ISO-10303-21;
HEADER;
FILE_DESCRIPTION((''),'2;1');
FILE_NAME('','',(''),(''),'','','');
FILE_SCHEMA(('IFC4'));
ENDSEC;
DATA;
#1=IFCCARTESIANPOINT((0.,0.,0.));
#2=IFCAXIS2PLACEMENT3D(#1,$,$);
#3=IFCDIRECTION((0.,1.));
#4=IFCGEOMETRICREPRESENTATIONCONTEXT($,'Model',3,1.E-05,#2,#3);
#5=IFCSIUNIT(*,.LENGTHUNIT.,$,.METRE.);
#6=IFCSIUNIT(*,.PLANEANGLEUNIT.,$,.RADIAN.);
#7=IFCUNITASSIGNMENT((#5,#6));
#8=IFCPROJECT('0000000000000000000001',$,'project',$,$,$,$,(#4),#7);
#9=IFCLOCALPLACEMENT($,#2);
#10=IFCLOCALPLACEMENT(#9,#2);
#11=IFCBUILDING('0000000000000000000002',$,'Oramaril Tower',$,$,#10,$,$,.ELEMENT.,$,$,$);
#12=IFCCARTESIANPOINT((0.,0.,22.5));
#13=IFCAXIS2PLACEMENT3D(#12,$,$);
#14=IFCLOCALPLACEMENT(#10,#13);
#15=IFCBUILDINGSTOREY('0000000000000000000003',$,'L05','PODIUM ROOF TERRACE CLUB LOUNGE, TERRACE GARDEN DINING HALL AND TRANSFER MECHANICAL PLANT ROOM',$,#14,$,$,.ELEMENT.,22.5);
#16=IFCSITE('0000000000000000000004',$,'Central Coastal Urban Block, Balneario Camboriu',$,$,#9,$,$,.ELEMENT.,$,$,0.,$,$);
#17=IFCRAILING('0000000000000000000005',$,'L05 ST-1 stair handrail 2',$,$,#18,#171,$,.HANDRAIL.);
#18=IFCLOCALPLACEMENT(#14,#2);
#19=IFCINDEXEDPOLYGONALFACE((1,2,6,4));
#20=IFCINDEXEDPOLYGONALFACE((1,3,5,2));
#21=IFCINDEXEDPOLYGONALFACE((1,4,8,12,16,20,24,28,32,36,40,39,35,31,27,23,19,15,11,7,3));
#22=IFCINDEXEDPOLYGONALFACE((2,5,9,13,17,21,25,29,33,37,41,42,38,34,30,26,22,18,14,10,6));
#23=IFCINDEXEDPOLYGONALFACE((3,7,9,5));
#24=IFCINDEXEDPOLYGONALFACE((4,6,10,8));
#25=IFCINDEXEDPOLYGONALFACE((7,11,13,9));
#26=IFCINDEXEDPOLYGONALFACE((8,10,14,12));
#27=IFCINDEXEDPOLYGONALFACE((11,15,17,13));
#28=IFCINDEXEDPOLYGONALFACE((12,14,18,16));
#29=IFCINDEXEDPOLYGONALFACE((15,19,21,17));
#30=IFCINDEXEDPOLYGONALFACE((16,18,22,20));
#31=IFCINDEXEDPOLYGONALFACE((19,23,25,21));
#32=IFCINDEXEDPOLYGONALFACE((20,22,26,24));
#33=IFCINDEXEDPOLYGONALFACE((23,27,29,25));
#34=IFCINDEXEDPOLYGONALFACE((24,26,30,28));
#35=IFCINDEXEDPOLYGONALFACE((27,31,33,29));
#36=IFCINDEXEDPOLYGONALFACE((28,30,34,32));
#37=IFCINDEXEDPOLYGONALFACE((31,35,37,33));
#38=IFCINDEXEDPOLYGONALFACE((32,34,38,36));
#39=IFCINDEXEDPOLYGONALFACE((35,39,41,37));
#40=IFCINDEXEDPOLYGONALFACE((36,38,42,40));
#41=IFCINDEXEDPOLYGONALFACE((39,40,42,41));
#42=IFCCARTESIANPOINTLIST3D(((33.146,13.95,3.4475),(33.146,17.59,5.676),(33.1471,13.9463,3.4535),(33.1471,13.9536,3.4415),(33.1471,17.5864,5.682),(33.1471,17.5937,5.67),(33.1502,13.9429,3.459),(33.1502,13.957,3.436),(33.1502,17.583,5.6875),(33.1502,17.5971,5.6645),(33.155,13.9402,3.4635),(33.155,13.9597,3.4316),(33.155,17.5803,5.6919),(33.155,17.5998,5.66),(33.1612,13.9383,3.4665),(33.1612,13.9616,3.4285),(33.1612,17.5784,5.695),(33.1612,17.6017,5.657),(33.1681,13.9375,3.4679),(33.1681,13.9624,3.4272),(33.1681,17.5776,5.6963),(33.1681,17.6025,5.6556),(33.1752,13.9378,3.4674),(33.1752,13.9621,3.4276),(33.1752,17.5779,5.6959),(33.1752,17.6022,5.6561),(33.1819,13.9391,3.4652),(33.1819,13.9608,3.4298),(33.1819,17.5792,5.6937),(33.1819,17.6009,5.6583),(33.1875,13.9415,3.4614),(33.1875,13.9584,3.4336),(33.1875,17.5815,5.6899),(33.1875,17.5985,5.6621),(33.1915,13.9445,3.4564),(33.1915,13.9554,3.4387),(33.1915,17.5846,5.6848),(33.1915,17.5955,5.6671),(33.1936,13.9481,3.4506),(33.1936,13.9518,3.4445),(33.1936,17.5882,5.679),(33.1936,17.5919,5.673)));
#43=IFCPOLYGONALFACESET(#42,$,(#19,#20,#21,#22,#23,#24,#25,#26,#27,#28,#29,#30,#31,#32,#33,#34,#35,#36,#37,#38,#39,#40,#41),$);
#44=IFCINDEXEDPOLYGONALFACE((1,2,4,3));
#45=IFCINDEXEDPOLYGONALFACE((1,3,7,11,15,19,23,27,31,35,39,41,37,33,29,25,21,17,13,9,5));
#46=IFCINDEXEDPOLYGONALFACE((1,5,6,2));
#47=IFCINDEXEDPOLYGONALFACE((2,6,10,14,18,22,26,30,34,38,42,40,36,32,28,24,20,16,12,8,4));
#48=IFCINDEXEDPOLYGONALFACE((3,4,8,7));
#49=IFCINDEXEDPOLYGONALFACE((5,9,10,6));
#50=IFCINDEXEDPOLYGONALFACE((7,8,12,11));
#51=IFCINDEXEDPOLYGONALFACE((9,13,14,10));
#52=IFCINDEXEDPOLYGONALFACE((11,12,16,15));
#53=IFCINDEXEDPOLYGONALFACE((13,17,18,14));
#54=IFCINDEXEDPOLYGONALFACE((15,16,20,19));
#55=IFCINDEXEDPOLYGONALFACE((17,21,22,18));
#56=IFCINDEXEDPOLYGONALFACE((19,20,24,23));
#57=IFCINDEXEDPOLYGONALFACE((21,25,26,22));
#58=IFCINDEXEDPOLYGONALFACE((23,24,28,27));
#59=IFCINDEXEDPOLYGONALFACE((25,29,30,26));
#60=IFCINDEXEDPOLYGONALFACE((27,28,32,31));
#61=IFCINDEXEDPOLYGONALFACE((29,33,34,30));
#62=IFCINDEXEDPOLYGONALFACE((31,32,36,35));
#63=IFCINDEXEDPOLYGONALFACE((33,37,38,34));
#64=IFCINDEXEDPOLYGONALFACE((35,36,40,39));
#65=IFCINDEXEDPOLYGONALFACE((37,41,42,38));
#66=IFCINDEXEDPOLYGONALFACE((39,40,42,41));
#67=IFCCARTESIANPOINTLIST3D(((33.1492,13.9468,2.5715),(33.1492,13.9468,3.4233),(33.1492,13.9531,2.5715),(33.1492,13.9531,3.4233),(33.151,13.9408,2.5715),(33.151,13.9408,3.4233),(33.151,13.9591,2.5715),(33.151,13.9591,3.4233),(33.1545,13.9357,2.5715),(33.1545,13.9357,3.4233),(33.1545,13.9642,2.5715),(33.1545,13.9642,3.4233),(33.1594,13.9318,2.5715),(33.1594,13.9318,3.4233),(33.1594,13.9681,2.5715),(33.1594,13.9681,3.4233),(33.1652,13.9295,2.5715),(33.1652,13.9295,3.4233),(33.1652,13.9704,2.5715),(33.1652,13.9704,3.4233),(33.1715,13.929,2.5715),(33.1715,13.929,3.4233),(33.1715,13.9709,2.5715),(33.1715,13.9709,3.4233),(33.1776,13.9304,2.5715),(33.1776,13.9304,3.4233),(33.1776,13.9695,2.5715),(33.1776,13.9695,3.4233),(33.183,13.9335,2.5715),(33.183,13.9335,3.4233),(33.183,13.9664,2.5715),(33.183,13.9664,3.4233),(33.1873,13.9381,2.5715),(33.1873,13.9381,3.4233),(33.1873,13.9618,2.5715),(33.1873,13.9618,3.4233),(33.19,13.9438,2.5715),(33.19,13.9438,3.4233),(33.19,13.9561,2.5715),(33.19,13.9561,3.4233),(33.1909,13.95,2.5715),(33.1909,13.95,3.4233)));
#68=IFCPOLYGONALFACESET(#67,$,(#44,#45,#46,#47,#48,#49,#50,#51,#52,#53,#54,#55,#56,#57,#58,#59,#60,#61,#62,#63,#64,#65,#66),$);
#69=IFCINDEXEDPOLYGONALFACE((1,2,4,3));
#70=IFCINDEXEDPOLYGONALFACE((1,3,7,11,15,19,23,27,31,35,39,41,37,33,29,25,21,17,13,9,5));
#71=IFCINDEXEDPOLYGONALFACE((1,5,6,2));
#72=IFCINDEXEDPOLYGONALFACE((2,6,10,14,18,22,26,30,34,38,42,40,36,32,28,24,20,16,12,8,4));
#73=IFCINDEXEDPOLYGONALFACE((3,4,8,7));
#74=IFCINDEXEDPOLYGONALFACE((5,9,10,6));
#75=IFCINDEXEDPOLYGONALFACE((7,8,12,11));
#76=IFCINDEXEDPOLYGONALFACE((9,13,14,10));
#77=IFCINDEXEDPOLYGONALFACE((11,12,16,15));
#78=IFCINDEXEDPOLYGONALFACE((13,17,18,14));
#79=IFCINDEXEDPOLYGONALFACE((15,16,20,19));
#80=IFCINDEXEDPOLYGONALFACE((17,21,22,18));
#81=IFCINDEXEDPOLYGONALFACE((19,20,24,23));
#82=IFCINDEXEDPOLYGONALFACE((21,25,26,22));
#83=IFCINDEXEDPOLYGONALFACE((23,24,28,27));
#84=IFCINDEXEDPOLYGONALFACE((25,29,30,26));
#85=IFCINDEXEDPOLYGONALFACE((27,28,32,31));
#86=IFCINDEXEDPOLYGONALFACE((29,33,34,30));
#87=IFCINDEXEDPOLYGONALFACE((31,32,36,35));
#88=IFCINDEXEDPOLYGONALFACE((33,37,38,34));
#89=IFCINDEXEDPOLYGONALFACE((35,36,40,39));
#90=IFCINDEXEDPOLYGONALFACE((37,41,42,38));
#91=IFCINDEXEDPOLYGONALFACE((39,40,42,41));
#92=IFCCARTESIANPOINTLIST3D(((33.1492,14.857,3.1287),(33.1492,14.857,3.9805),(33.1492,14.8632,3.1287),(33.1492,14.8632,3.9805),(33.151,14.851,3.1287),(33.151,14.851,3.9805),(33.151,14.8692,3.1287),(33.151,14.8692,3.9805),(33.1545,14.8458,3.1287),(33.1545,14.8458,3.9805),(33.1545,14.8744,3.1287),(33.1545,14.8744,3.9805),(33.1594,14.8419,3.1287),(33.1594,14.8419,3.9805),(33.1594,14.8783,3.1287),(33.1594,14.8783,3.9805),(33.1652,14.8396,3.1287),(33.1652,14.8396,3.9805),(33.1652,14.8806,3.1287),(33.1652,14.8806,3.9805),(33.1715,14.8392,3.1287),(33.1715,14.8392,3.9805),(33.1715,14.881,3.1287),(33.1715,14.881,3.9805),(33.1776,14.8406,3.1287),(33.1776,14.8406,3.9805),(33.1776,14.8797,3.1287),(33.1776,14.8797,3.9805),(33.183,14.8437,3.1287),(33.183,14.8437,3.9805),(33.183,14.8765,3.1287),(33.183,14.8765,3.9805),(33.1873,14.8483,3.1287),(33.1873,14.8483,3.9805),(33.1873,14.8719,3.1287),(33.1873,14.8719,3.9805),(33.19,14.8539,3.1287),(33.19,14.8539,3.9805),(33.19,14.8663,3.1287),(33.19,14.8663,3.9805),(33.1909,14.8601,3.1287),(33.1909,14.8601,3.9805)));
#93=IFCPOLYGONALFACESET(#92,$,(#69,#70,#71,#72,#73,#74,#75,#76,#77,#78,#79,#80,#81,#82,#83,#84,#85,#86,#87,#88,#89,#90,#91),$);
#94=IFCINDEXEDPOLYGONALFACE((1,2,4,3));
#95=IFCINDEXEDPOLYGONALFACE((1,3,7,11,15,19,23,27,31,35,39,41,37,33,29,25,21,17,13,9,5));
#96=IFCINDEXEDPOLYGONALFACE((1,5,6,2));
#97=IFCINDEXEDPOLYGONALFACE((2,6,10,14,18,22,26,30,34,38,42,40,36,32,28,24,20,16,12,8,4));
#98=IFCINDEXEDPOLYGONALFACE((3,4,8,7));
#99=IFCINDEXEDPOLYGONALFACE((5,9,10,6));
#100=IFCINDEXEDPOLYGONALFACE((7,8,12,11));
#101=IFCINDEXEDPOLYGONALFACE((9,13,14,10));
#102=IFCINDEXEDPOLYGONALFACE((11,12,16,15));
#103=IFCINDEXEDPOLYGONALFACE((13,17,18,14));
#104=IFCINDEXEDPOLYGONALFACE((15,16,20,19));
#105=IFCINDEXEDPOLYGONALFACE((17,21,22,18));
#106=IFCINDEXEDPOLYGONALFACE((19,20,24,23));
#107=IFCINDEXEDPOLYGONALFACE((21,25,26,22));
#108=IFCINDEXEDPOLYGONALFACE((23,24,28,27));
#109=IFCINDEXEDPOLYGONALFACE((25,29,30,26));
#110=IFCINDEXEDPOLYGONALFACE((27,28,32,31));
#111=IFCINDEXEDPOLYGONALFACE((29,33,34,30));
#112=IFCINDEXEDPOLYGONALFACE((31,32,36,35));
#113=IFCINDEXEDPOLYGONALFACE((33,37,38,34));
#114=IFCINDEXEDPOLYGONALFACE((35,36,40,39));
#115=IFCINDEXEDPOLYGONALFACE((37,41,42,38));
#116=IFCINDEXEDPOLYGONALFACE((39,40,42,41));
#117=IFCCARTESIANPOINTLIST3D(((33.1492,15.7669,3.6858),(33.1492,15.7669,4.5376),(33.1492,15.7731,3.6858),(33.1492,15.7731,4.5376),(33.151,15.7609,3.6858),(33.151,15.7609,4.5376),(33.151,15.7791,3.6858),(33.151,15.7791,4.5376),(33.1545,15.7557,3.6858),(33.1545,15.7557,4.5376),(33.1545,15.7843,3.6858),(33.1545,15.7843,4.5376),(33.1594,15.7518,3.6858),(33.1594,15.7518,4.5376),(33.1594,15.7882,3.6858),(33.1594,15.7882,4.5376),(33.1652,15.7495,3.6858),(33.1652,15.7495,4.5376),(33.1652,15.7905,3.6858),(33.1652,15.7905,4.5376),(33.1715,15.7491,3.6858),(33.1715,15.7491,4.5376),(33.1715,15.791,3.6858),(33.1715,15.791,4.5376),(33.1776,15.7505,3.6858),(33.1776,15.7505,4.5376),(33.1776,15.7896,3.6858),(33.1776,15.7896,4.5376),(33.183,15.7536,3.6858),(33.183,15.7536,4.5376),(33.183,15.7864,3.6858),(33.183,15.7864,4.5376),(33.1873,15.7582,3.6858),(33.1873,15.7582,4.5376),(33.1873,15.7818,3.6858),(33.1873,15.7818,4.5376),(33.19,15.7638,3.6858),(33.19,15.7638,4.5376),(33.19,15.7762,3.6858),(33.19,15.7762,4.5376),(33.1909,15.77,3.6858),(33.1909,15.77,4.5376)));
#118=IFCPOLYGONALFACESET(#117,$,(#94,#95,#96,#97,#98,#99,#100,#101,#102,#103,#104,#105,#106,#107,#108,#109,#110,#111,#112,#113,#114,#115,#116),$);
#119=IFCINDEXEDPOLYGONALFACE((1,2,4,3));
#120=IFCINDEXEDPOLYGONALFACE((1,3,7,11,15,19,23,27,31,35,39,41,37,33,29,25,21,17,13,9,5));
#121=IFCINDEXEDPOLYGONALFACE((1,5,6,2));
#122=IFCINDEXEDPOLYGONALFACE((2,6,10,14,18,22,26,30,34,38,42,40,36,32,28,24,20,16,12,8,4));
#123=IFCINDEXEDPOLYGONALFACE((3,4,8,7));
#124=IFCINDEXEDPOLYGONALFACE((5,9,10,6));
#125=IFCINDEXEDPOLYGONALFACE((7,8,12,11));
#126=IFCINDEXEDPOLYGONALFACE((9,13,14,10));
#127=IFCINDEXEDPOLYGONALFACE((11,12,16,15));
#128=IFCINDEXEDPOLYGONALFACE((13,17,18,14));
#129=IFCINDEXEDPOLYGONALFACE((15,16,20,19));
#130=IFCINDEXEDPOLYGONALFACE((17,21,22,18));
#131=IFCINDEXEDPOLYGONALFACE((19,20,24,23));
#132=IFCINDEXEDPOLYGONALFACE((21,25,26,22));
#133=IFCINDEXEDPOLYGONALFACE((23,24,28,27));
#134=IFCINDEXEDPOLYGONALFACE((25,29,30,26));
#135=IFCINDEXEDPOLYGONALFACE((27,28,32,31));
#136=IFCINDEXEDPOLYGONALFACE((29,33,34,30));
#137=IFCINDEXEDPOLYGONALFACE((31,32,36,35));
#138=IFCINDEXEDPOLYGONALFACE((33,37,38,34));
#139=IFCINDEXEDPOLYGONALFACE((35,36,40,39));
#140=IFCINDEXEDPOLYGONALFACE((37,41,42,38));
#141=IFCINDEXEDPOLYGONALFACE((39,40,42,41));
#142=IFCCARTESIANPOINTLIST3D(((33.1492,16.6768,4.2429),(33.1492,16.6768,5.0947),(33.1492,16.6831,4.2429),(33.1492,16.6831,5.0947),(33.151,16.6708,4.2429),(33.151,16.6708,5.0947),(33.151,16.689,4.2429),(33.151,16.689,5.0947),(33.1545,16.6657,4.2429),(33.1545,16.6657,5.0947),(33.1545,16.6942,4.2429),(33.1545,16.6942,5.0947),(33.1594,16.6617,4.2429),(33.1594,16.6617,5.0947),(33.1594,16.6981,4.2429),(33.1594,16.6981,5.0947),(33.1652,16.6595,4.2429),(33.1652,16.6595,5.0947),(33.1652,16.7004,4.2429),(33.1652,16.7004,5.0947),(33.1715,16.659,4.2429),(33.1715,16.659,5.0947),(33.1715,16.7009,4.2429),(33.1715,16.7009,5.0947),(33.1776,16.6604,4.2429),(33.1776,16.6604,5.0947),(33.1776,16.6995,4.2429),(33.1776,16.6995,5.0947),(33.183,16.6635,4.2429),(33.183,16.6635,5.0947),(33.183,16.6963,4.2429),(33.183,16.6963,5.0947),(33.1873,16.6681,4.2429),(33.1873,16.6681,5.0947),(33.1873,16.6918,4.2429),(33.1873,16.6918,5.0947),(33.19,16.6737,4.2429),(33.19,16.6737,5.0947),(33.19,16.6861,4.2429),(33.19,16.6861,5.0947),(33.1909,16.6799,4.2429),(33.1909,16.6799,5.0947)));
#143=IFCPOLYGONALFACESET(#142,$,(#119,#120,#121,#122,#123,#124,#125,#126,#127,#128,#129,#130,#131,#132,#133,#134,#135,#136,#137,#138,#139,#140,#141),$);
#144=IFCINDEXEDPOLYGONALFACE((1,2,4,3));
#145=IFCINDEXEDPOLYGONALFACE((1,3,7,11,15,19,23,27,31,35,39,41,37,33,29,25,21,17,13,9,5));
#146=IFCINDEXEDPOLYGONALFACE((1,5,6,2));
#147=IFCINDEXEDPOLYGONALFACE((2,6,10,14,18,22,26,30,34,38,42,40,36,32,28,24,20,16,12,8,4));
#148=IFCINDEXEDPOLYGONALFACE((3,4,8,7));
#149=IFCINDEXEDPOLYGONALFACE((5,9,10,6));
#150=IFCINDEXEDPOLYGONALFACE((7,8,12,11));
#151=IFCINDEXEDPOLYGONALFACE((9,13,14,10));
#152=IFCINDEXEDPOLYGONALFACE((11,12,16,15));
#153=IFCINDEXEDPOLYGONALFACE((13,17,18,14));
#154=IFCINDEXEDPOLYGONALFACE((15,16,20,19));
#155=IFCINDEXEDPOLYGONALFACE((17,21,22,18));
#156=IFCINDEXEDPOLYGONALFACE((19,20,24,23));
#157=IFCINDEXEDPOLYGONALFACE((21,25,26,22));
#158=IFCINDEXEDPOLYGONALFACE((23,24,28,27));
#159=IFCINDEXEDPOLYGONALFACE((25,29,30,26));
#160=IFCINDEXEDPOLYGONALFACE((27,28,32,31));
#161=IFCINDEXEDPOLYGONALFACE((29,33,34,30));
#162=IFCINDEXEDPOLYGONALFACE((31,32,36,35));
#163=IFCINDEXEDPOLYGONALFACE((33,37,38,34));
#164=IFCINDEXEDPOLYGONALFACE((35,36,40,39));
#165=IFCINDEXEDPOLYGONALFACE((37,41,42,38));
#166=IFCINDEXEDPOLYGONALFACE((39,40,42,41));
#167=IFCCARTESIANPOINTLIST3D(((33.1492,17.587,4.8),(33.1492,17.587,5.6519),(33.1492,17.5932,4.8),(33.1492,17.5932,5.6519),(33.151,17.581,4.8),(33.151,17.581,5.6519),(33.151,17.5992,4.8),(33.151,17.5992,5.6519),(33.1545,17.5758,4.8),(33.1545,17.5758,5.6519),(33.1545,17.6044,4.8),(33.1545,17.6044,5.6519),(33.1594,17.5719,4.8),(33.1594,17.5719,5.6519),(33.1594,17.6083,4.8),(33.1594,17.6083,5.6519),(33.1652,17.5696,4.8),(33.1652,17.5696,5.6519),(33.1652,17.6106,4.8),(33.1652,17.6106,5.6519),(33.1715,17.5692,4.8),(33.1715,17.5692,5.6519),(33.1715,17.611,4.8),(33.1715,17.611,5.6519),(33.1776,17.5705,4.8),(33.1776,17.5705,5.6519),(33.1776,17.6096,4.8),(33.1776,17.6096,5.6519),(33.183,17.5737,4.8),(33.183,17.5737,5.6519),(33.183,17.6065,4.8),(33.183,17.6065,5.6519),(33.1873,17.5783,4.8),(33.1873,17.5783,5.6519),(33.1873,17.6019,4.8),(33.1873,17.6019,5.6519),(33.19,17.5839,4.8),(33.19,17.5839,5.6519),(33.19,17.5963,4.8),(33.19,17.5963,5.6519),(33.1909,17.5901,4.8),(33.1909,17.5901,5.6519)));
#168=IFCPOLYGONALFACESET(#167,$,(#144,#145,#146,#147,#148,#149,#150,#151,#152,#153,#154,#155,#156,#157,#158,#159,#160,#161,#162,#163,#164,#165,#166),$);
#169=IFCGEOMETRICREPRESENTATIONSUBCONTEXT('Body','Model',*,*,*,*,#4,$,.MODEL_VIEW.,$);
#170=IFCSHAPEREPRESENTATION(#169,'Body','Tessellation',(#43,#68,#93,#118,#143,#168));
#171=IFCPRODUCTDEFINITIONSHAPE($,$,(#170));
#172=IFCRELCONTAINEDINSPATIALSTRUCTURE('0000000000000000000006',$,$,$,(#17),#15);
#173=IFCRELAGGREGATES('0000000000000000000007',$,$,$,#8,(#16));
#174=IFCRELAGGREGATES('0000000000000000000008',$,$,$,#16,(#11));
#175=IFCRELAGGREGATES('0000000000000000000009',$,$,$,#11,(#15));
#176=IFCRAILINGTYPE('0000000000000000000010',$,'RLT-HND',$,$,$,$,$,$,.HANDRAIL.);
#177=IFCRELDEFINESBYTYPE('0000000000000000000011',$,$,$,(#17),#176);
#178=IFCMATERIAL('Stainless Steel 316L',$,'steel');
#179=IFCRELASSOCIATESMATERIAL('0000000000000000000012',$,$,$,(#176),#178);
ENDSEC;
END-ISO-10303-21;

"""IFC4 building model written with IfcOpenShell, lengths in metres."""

from ifc_helpers import new_model, si_unit, direction, frame, origin, origin_2d, place, context, subcontext, project, spatial, circle, extrude, material, type_object, element, save


model = new_model("IFC4")

# Units and contexts
model_context = context("Model", 3, precision=1e-05, world=origin(), true_north=direction((0.0, 1.0)))
body_context = subcontext(model_context, "Body", "Model", "MODEL_VIEW")
ifc_project = project(units=[si_unit("LENGTHUNIT", "METRE"), si_unit("PLANEANGLEUNIT", "RADIAN")], contexts=[model_context])

# Site, building, storey
site_placement = place(None, origin())
site = spatial("IfcSite", under=ifc_project, at=site_placement, Name="Central Coastal Urban Block, Balneario Camboriu", CompositionType="ELEMENT", RefElevation=0.0)
building_placement = place(site_placement, origin())
building = spatial("IfcBuilding", under=site, at=building_placement, Name="Oramaril Tower", CompositionType="ELEMENT")
storey_placement = place(building_placement, frame((0.0, 0.0, 22.5)))
storey = spatial("IfcBuildingStorey", under=building, at=storey_placement, Name="L05", Description="PODIUM ROOF TERRACE CLUB LOUNGE, TERRACE GARDEN DINING HALL AND TRANSFER MECHANICAL PLANT ROOM", CompositionType="ELEMENT", Elevation=22.5)

# Railing
ifc_material_1 = material(Name="Stainless Steel 316L", Category="steel")
railing_type_1 = type_object("IfcRailingType", Name="RLT-HND", PredefinedType="HANDRAIL", material=ifc_material_1)
for number, where, name in (
    (1, (33.1699, 13.95, 2.5715), "L05 ST-1 stair handrail 2"),
):
    element("IfcRailing", number, at=place(storey_placement, frame(where)), inside=storey, type_object=railing_type_1, Name=name, PredefinedType="HANDRAIL", context=body_context, shape_type="SweptSolid", body=[
        extrude(circle(Radius=0.0239, at=origin_2d()), frame((0.0, 0.0, 0.876), z_axis=(0.0, 0.852866, 0.52213), x_axis=(-1.0, 0.0, 0.0)), (0.0, 0.0, 1.0), 4.2681),
        extrude(circle(Radius=0.021, at=origin_2d()), origin(), (0.0, 0.0, 1.0), 0.8518),
        extrude(circle(Radius=0.021, at=origin_2d()), frame((0.0, 0.9102, 0.5571)), (0.0, 0.0, 1.0), 0.8518),
        extrude(circle(Radius=0.021, at=origin_2d()), frame((0.0, 1.8201, 1.1143)), (0.0, 0.0, 1.0), 0.8518),
        extrude(circle(Radius=0.021, at=origin_2d()), frame((0.0, 2.73, 1.6714)), (0.0, 0.0, 1.0), 0.8518),
        extrude(circle(Radius=0.021, at=origin_2d()), frame((0.0, 3.6401, 2.2285)), (0.0, 0.0, 1.0), 0.8518),
    ])

save(model, "model.ifc")
